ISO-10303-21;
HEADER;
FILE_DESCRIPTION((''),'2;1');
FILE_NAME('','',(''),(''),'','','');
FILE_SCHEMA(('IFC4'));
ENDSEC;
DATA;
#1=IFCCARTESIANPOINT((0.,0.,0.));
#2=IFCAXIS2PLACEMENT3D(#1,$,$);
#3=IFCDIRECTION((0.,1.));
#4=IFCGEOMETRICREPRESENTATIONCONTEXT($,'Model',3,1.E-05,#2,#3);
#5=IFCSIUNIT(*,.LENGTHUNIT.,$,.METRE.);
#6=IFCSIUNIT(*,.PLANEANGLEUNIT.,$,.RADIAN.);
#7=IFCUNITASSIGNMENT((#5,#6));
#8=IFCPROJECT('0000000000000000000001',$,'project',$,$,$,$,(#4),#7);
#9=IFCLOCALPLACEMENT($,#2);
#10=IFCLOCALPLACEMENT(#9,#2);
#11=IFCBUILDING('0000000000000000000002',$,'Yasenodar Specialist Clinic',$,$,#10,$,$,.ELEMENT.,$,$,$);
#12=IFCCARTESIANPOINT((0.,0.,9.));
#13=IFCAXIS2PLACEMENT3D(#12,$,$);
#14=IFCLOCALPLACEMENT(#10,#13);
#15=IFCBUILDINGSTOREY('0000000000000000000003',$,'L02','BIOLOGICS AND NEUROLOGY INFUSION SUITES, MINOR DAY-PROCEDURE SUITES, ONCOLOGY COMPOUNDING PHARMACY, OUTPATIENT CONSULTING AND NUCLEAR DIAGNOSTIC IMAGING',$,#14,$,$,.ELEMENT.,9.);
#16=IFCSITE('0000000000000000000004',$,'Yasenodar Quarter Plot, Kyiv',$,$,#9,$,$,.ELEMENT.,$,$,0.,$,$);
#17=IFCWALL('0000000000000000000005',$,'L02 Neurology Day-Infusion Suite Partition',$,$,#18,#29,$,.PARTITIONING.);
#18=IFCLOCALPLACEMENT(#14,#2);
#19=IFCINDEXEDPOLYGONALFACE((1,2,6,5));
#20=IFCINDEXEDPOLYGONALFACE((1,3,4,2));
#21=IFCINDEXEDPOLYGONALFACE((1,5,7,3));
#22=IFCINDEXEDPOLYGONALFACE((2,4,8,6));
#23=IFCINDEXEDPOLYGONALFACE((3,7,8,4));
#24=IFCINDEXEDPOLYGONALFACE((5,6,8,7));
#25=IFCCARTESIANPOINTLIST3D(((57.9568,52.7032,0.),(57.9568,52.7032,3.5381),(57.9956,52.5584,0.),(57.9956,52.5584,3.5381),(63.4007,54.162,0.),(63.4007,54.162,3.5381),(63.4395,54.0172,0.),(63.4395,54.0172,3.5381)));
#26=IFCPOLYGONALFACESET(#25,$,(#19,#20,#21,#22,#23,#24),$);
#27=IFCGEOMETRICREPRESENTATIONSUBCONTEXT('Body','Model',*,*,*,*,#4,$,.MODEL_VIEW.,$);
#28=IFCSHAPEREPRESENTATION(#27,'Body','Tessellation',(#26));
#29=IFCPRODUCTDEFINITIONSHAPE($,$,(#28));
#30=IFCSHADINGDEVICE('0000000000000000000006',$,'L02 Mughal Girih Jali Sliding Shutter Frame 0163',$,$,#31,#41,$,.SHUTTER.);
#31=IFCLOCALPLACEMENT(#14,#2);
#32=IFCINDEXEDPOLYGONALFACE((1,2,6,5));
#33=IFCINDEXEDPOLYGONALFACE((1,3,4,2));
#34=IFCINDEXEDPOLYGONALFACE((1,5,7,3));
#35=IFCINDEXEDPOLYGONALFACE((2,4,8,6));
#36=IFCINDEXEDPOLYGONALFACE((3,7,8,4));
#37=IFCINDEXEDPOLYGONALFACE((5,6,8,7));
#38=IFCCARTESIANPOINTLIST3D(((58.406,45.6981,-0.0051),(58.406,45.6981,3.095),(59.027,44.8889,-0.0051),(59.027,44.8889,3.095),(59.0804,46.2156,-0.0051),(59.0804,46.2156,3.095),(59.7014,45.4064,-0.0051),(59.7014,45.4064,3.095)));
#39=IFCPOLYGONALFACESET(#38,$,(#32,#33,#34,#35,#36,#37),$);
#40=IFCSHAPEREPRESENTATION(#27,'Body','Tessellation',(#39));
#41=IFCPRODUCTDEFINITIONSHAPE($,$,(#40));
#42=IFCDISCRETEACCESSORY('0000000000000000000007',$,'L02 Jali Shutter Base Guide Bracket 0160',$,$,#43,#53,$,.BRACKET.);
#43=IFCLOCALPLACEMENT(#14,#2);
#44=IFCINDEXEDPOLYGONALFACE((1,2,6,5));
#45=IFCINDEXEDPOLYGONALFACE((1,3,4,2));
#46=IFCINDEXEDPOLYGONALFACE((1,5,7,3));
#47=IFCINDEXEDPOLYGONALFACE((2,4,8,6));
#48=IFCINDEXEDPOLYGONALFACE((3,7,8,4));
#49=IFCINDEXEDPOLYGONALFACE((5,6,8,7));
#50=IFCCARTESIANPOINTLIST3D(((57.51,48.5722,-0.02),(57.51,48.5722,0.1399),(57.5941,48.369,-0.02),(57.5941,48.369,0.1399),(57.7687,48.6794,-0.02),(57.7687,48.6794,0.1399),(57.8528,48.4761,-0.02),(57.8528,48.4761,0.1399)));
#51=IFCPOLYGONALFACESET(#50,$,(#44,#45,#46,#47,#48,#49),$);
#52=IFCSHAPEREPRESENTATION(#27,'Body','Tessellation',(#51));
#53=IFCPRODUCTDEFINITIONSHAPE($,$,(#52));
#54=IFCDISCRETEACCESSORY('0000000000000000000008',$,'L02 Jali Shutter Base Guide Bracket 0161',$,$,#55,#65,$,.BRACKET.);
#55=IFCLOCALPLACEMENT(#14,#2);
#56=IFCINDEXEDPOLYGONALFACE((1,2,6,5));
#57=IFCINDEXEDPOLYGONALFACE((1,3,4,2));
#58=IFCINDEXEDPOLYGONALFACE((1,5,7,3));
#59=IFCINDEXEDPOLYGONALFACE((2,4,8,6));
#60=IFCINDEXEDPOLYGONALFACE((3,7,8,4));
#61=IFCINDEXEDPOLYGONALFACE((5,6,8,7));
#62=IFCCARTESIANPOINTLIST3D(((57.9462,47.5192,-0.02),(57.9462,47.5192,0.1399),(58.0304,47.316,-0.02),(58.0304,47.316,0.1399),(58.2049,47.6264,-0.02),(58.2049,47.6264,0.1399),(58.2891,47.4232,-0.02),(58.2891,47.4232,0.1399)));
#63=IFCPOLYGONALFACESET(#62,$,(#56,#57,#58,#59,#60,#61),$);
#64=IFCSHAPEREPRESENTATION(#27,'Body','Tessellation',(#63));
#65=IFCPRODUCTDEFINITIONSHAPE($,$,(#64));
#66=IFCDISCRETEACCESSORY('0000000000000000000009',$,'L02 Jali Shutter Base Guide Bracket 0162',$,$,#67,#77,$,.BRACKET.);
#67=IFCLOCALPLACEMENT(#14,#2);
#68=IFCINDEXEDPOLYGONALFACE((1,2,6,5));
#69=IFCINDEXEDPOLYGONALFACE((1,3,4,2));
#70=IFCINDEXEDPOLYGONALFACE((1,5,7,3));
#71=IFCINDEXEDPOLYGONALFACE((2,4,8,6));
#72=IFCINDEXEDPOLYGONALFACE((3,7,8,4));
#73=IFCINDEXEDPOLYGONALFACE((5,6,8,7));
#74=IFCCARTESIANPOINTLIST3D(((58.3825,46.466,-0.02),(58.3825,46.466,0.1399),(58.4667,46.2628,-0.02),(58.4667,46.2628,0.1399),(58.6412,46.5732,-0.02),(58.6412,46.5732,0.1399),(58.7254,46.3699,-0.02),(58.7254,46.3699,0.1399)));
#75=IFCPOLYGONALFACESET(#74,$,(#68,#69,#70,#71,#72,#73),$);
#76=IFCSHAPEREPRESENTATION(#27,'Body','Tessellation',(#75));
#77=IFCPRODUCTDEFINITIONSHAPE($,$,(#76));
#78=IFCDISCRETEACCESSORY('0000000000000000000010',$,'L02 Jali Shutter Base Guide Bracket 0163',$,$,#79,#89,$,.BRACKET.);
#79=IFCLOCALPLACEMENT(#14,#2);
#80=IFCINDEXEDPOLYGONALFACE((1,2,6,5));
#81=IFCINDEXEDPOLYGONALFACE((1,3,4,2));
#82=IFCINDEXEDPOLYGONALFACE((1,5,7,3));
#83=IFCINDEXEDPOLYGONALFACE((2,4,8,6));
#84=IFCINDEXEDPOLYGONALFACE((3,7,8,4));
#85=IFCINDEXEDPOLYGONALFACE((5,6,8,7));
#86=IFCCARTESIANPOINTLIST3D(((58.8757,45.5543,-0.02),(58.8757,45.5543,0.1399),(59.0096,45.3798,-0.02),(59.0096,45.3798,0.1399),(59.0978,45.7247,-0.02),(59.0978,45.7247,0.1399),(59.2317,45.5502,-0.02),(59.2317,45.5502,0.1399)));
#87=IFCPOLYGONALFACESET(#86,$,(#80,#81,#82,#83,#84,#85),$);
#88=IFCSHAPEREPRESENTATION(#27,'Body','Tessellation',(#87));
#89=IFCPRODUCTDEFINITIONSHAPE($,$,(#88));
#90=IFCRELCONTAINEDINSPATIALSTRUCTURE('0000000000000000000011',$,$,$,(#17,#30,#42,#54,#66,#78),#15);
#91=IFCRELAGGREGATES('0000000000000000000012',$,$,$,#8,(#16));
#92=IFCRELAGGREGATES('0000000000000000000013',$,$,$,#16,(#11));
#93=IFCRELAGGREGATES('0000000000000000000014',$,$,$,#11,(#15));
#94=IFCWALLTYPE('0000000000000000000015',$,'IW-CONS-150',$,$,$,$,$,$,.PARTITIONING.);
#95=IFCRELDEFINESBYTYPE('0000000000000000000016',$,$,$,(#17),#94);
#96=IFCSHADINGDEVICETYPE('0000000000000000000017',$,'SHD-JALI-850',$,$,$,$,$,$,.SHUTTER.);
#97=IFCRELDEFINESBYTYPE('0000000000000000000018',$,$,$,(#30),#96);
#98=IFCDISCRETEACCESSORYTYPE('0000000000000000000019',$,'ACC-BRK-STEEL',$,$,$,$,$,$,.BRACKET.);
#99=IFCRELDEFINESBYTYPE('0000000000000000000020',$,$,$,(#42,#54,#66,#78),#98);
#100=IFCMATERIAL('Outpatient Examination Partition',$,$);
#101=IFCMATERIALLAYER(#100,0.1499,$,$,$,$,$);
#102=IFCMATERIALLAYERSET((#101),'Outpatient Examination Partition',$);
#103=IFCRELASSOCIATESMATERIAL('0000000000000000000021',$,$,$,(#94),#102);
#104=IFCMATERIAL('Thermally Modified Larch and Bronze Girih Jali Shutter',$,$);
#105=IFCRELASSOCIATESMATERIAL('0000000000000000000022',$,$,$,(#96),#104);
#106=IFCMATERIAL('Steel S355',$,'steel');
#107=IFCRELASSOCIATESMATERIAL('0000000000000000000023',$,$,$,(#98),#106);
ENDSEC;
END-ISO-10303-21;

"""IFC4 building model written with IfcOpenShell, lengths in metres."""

from ifc_helpers import new_model, si_unit, direction, frame, frame_2d, origin, origin_2d, place, context, subcontext, project, spatial, rectangle, extrude, material, layer, layer_set, type_object, element, save


model = new_model("IFC4")

# Units and contexts
model_context = context("Model", 3, precision=1e-05, world=origin(), true_north=direction((0.0, 1.0)))
body_context = subcontext(model_context, "Body", "Model", "MODEL_VIEW")
ifc_project = project(units=[si_unit("LENGTHUNIT", "METRE"), si_unit("PLANEANGLEUNIT", "RADIAN")], contexts=[model_context])

# Site, building, storey
site_placement = place(None, origin())
site = spatial("IfcSite", under=ifc_project, at=site_placement, Name="Yasenodar Quarter Plot, Kyiv", CompositionType="ELEMENT", RefElevation=0.0)
building_placement = place(site_placement, origin())
building = spatial("IfcBuilding", under=site, at=building_placement, Name="Yasenodar Specialist Clinic", CompositionType="ELEMENT")
storey_placement = place(building_placement, frame((0.0, 0.0, 9.0)))
storey = spatial("IfcBuildingStorey", under=building, at=storey_placement, Name="L02", Description="BIOLOGICS AND NEUROLOGY INFUSION SUITES, MINOR DAY-PROCEDURE SUITES, ONCOLOGY COMPOUNDING PHARMACY, OUTPATIENT CONSULTING AND NUCLEAR DIAGNOSTIC IMAGING", CompositionType="ELEMENT", Elevation=9.0)

# Shared definitions
ifc_material_1 = material(Name="Steel S355", Category="steel")

# Wall
ifc_material_2 = material(Name="Outpatient Examination Partition")
ifc_layer_1 = layer(ifc_material_2, 0.1499)
ifc_layer_set_1 = layer_set([ifc_layer_1], Name="Outpatient Examination Partition")
wall_type_1 = type_object("IfcWallType", Name="IW-CONS-150", PredefinedType="PARTITIONING", material=ifc_layer_set_1)
wall_1_placement = place(storey_placement, frame((57.9763, 52.6309, 0.0), z_axis=(0.0, 0.0, 1.0), x_axis=(0.965923, 0.25883, 0.0)))
element("IfcWall", 1, at=wall_1_placement, inside=storey, type_object=wall_type_1, Name="L02 Neurology Day-Infusion Suite Partition", PredefinedType="PARTITIONING", context=body_context, shape_type="SweptSolid", body=[
    extrude(rectangle(XDim=5.636, YDim=0.1499, at=frame_2d((2.8179, 0.0))), origin(), (0.0, 0.0, 1.0), 3.5381),
])

# Shading device
ifc_material_3 = material(Name="Thermally Modified Larch and Bronze Girih Jali Shutter")
shading_device_type = type_object("IfcShadingDeviceType", Name="SHD-JALI-850", PredefinedType="SHUTTER", material=ifc_material_3)
shading_device_placement = place(storey_placement, frame((59.0537, 45.5522, -0.0051), z_axis=(0.0, 0.0, 1.0), x_axis=(0.608764, -0.793351, 0.0)))
element("IfcShadingDevice", 2, at=shading_device_placement, inside=storey, type_object=shading_device_type, Name="L02 Mughal Girih Jali Sliding Shutter Frame 0163", PredefinedType="SHUTTER", context=body_context, shape_type="SweptSolid", body=[
    extrude(rectangle(XDim=1.02, YDim=0.8501, at=origin_2d()), origin(), (0.0, 0.0, 1.0), 3.1001),
])

# Discrete accessories
discrete_accessory_type = type_object("IfcDiscreteAccessoryType", Name="ACC-BRK-STEEL", PredefinedType="BRACKET", material=ifc_material_1)
for number, where, z_axis, x_axis, name in (
    (3, (57.6814, 48.5242, -0.02), (0.0, 0.0, 1.0), (0.382687, -0.923878, 0.0), "L02 Jali Shutter Base Guide Bracket 0160"),
    (4, (58.1177, 47.4712, -0.02), (0.0, 0.0, 1.0), (0.382687, -0.923878, 0.0), "L02 Jali Shutter Base Guide Bracket 0161"),
    (5, (58.554, 46.418, -0.02), (0.0, 0.0, 1.0), (0.382687, -0.923878, 0.0), "L02 Jali Shutter Base Guide Bracket 0162"),
    (6, (59.0537, 45.5522, -0.02), (0.0, 0.0, 1.0), (0.608764, -0.793351, 0.0), "L02 Jali Shutter Base Guide Bracket 0163"),
):
    element("IfcDiscreteAccessory", number, at=place(storey_placement, frame(where, z_axis=z_axis, x_axis=x_axis)), inside=storey, type_object=discrete_accessory_type, Name=name, PredefinedType="BRACKET", context=body_context, shape_type="SweptSolid", body=[
        extrude(rectangle(XDim=0.22, YDim=0.28, at=origin_2d()), origin(), (0.0, 0.0, 1.0), 0.1599),
    ])

save(model, "model.ifc")
